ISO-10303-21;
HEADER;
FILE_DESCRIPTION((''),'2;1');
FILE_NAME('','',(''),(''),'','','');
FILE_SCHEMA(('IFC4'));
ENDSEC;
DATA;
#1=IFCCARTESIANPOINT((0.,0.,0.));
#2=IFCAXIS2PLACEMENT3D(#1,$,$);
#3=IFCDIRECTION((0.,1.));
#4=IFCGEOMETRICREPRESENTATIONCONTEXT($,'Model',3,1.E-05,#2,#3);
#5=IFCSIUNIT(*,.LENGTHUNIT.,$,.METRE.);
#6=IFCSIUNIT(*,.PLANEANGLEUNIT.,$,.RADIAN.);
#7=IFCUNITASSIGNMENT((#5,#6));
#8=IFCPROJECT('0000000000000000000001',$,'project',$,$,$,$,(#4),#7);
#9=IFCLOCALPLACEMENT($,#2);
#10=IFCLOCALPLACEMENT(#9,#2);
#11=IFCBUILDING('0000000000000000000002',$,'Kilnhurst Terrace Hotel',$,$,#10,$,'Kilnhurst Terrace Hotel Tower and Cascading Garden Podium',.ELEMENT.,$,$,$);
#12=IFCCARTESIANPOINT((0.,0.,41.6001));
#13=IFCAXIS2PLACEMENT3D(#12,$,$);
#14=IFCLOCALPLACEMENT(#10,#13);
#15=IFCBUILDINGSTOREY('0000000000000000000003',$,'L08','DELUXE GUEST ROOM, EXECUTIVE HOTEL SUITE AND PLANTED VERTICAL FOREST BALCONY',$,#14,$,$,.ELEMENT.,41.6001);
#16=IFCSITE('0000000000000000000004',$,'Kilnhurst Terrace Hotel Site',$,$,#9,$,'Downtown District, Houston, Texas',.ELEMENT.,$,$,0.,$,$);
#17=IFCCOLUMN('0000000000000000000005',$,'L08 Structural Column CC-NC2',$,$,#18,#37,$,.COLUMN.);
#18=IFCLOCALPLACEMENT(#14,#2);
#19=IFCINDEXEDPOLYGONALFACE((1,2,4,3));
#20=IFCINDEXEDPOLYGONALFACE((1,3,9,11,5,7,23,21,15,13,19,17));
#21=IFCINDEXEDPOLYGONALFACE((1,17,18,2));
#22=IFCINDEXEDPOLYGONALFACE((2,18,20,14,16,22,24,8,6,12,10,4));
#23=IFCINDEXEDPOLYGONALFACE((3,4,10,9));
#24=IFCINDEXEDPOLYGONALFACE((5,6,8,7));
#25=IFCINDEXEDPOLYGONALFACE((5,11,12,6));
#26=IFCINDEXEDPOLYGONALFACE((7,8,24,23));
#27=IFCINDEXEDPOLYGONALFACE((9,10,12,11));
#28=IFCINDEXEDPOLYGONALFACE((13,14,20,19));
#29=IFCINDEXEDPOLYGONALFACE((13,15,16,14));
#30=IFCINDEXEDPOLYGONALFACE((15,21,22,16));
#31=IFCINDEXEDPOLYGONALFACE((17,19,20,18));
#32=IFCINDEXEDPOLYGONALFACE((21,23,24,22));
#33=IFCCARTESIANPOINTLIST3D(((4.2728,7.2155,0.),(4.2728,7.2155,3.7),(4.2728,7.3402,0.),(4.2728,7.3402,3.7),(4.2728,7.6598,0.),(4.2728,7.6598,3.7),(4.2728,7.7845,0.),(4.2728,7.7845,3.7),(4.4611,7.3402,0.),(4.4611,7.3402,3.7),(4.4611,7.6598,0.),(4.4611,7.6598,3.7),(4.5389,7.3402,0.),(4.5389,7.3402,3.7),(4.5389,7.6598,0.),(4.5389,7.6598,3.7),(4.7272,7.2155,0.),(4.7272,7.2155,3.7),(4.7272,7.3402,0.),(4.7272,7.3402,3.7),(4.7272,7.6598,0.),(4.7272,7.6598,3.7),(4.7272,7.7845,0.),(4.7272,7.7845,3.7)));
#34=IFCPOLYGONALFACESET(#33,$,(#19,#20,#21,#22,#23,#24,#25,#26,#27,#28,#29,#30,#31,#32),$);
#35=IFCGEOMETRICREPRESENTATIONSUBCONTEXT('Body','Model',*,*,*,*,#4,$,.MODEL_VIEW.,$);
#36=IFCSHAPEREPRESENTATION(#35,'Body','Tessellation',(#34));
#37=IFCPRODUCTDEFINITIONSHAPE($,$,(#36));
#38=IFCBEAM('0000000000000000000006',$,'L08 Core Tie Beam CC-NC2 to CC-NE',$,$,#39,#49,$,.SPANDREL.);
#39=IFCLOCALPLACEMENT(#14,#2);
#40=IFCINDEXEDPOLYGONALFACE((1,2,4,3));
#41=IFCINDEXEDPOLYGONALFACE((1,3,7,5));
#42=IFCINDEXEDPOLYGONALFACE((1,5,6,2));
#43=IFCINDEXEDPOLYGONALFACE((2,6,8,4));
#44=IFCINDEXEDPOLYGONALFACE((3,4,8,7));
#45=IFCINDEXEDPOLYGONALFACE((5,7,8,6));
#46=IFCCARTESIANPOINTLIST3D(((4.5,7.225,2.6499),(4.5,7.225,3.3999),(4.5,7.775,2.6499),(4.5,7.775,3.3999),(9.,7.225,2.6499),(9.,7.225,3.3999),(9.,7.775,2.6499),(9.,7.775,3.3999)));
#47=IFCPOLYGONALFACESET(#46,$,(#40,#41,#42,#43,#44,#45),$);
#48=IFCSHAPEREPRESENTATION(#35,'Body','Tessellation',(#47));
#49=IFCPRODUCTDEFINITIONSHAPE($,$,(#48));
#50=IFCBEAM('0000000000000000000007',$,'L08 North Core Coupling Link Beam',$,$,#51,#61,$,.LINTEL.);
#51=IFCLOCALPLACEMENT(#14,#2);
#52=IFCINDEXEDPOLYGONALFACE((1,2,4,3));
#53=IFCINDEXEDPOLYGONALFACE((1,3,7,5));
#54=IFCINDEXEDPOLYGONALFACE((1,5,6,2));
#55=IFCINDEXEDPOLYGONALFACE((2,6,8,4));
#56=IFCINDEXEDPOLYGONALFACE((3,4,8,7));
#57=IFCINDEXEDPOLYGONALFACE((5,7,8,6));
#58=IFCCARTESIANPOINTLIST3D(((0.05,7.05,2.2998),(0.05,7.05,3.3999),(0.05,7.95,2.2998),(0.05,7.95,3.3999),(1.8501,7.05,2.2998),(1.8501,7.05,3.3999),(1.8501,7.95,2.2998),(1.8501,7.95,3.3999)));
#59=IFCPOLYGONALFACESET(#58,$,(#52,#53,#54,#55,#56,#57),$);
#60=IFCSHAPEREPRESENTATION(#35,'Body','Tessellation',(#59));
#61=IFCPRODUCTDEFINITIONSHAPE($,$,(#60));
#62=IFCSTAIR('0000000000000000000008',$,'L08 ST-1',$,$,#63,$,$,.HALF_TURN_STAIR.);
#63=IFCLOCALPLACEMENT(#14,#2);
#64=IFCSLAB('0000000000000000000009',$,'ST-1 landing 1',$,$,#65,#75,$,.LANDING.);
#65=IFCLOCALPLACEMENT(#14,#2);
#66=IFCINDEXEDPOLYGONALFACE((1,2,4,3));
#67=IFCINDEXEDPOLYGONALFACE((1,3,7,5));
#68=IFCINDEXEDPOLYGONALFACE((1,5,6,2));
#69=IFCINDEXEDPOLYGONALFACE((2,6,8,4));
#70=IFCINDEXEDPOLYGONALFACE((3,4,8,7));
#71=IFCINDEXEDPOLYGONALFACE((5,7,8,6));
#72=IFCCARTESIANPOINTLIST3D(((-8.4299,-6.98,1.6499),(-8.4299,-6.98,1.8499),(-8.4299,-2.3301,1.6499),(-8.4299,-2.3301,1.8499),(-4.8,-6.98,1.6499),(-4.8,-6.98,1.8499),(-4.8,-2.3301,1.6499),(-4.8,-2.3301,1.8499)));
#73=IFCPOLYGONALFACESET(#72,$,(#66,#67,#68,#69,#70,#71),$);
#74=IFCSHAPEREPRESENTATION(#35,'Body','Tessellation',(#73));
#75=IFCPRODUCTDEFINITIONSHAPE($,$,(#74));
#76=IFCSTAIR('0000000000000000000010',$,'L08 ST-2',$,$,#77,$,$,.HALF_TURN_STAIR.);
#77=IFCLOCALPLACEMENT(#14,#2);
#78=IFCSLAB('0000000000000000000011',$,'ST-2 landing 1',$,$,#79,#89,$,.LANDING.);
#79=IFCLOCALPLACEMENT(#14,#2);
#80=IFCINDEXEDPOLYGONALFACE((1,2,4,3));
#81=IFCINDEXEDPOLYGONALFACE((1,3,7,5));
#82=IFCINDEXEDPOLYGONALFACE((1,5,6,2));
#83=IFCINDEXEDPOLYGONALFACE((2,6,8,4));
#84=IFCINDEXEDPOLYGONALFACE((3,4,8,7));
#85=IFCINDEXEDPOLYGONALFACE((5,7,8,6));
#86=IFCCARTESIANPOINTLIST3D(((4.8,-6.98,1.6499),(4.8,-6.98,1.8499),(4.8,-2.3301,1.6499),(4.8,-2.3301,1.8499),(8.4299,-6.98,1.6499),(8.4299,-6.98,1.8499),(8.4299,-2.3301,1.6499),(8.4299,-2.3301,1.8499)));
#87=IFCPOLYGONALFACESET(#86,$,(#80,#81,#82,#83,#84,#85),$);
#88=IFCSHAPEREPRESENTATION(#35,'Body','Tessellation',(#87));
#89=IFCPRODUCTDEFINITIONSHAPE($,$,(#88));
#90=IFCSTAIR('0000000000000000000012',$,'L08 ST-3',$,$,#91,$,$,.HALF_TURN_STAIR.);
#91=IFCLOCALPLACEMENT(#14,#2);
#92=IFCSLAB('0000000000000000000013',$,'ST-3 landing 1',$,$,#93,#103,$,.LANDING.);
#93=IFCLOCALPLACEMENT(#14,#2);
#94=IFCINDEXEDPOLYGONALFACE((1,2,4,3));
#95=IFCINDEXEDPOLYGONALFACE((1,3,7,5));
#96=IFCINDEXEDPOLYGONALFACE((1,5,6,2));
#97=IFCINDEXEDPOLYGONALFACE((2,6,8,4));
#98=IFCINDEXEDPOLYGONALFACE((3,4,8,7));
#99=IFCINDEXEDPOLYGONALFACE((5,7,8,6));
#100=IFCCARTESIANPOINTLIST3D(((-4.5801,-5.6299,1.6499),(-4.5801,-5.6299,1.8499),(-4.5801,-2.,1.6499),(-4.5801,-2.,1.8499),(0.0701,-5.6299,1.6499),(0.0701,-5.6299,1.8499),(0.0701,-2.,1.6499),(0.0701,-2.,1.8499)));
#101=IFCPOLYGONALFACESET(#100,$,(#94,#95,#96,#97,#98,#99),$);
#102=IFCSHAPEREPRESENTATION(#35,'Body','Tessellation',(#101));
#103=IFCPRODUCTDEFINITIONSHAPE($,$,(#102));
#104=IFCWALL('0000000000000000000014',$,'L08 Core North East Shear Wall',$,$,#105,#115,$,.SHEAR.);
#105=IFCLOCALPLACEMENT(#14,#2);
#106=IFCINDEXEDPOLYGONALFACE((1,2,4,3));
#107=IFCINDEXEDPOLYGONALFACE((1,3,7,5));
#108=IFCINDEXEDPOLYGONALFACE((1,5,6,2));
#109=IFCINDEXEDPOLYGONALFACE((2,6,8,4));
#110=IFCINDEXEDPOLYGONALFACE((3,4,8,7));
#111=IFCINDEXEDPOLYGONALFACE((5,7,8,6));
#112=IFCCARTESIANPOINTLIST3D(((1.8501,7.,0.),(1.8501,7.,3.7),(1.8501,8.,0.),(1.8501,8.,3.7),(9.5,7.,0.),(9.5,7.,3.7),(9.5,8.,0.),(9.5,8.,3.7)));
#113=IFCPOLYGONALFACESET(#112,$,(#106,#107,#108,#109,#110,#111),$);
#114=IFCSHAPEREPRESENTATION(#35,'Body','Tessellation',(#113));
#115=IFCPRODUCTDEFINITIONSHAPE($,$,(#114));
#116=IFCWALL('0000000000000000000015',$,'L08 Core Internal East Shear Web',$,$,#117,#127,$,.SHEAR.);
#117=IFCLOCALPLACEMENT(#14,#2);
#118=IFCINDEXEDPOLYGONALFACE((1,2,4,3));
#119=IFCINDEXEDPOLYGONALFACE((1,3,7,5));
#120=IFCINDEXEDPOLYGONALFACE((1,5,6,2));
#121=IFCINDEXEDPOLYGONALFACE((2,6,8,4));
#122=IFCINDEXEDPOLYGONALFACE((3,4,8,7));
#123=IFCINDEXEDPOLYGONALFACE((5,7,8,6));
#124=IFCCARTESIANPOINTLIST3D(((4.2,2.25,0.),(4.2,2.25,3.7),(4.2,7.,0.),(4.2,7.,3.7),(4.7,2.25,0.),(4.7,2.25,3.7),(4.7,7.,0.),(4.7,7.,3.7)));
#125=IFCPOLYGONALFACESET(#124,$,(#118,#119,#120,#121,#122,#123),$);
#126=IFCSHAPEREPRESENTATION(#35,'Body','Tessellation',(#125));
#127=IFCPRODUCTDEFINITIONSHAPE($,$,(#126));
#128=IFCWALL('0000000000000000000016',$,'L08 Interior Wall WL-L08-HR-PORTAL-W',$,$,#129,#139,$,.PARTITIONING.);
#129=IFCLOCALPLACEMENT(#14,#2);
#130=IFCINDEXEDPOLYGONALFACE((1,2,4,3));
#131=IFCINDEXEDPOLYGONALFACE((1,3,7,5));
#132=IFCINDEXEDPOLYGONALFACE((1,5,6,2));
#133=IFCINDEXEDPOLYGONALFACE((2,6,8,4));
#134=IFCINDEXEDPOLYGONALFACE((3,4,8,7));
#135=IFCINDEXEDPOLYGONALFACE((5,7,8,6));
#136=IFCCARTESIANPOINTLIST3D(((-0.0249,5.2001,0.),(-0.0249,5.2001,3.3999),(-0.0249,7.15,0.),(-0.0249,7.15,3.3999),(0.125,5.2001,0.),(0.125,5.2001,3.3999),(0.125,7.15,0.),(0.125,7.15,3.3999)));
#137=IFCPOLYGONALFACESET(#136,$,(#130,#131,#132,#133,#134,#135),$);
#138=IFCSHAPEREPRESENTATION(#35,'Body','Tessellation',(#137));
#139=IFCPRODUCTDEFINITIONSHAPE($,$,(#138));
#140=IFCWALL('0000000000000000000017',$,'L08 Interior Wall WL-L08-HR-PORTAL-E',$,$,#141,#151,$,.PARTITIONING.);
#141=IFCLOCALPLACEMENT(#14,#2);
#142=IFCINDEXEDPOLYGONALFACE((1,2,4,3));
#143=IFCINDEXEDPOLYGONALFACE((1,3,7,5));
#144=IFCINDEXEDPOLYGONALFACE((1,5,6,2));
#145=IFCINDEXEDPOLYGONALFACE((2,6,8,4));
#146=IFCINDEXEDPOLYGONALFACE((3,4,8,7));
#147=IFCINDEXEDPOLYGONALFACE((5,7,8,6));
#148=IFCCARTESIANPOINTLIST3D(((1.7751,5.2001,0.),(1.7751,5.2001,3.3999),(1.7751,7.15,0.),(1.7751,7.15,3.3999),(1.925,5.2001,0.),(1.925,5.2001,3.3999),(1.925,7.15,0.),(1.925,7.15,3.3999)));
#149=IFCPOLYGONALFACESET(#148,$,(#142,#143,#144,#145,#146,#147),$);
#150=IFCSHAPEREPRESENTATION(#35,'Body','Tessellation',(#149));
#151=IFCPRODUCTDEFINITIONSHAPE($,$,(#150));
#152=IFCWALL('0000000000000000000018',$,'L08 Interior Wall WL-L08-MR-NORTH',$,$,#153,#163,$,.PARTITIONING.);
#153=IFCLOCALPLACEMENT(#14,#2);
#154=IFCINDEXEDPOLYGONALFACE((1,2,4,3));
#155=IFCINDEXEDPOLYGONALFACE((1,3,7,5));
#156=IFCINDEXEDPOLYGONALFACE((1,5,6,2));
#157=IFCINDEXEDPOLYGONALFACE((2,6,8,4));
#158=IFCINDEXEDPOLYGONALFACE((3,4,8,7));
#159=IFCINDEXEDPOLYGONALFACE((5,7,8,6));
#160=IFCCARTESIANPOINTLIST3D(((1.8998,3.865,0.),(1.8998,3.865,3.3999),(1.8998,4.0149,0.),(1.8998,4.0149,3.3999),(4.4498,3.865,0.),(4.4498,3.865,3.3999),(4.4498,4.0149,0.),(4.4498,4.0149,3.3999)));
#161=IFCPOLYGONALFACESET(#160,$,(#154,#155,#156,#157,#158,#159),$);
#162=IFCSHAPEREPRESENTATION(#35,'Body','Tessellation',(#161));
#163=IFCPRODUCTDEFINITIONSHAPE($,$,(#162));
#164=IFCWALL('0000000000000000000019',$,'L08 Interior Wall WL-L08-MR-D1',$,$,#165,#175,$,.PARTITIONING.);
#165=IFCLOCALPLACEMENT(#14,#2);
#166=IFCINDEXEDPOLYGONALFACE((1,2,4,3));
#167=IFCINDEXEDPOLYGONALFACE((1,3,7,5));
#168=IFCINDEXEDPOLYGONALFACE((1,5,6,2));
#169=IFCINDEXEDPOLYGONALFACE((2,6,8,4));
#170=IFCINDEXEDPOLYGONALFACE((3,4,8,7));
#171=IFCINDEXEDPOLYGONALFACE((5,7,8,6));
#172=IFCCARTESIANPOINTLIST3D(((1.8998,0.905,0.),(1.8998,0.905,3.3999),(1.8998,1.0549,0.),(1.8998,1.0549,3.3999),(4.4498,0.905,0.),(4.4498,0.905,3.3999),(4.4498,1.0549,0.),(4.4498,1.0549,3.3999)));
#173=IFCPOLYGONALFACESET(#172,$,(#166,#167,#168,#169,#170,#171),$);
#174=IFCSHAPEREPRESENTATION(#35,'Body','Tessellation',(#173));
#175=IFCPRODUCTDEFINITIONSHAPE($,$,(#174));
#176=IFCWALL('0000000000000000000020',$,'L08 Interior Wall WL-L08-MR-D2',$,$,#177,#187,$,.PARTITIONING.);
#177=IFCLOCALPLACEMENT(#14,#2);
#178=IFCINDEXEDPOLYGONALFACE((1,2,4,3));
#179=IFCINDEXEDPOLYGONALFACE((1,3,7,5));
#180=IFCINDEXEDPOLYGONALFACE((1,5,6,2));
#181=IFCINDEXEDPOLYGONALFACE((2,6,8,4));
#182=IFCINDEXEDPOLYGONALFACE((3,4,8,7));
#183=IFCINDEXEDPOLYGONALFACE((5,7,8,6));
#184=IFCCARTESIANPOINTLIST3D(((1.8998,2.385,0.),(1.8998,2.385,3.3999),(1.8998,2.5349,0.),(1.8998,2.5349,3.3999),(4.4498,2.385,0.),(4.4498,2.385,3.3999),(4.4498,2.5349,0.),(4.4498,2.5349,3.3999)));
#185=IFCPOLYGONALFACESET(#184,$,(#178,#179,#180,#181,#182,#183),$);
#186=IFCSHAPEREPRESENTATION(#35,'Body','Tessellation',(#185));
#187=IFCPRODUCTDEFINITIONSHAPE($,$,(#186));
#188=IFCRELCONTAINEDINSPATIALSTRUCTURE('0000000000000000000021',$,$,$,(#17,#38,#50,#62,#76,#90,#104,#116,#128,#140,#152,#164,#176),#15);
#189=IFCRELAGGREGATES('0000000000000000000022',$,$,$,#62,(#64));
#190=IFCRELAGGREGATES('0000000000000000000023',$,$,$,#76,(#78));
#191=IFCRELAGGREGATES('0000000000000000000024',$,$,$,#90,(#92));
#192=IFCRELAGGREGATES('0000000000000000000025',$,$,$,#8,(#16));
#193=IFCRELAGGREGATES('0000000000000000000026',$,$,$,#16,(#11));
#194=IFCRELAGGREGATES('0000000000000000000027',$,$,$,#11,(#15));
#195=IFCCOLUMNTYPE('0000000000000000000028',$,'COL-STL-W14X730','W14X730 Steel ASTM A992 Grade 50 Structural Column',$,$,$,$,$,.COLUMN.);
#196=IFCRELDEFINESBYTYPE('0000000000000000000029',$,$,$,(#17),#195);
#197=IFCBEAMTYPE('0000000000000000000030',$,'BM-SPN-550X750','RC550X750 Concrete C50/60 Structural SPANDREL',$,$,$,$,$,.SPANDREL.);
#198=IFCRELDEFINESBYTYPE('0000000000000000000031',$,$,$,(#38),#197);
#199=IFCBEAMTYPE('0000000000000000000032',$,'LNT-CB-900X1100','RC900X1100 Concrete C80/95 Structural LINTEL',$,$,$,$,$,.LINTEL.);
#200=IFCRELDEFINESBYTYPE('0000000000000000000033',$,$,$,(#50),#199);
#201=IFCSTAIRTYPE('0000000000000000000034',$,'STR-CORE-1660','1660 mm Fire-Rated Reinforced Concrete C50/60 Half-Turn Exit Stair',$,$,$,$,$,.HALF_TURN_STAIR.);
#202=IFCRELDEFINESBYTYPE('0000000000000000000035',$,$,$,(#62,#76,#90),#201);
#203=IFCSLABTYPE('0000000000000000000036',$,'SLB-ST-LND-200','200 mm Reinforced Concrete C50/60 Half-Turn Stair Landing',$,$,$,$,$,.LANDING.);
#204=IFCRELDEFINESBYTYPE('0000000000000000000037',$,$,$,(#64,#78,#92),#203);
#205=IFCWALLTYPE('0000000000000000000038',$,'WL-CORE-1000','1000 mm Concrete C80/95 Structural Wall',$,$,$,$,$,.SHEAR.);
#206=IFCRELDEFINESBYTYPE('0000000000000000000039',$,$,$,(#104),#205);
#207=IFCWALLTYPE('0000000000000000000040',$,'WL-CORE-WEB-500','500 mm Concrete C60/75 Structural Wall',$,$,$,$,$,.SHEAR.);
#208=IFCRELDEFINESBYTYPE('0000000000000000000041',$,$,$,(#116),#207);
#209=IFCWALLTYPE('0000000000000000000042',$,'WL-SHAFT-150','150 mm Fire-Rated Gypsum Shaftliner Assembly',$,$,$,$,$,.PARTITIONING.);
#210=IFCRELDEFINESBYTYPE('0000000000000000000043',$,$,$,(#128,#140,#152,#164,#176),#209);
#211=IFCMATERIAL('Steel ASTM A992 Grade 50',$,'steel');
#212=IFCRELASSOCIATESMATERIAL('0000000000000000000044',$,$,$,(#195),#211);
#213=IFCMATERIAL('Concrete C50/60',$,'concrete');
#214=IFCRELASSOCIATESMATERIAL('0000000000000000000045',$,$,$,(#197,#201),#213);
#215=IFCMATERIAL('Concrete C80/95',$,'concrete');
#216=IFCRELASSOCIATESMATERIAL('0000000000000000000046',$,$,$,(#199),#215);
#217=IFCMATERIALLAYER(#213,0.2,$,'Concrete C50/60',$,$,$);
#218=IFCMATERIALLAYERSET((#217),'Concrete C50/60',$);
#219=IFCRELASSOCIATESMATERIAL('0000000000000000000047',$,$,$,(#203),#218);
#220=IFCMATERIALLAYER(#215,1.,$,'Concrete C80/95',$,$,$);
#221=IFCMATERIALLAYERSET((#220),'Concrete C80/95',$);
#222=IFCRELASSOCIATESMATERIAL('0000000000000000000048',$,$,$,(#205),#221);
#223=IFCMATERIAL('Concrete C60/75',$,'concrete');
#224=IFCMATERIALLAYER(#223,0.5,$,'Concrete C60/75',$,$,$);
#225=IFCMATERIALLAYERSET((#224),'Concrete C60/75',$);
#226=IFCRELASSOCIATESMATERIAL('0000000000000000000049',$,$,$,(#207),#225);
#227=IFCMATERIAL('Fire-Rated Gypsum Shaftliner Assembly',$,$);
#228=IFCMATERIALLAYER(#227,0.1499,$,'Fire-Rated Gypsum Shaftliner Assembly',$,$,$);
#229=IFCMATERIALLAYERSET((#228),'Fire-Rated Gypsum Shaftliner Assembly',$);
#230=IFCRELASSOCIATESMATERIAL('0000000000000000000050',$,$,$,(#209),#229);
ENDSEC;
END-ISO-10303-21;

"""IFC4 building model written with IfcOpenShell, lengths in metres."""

from ifc_helpers import new_model, si_unit, direction, frame, frame_2d, origin, origin_2d, place, context, subcontext, project, spatial, polyline, rectangle, i_section, outline, extrude, material, layer, layer_set, material_profile, profile_set, type_object, element, aggregate, save


model = new_model("IFC4")

# Units and contexts
model_context = context("Model", 3, precision=1e-05, world=origin(), true_north=direction((0.0, 1.0)))
body_context = subcontext(model_context, "Body", "Model", "MODEL_VIEW")
ifc_project = project(units=[si_unit("LENGTHUNIT", "METRE"), si_unit("PLANEANGLEUNIT", "RADIAN")], contexts=[model_context])

# Site, building, storey
site_placement = place(None, origin())
site = spatial("IfcSite", under=ifc_project, at=site_placement, Name="Kilnhurst Terrace Hotel Site", LongName="Downtown District, Houston, Texas", CompositionType="ELEMENT", RefElevation=0.0)
building_placement = place(site_placement, origin())
building = spatial("IfcBuilding", under=site, at=building_placement, Name="Kilnhurst Terrace Hotel", LongName="Kilnhurst Terrace Hotel Tower and Cascading Garden Podium", CompositionType="ELEMENT")
storey_placement = place(building_placement, frame((0.0, 0.0, 41.6001)))
storey = spatial("IfcBuildingStorey", under=building, at=storey_placement, Name="L08", Description="DELUXE GUEST ROOM, EXECUTIVE HOTEL SUITE AND PLANTED VERTICAL FOREST BALCONY", CompositionType="ELEMENT", Elevation=41.6001)

# Column
ifc_material_1 = material(Name="Steel ASTM A992 Grade 50", Category="steel")
ifc_material_profile_1 = material_profile(ifc_material_1, i_section(OverallWidth=0.4543, OverallDepth=0.5691, WebThickness=0.0779, FlangeThickness=0.1248, at=origin_2d()), Name="W14X730")
ifc_profile_set_1 = profile_set([ifc_material_profile_1], Name="Steel ASTM A992 Grade 50")
column_type = type_object("IfcColumnType", Name="COL-STL-W14X730", Description="W14X730 Steel ASTM A992 Grade 50 Structural Column", PredefinedType="COLUMN", material=ifc_profile_set_1)
column_placement = place(storey_placement, frame((4.5, 7.5, 0.0), z_axis=(0.0, 0.0, 1.0), x_axis=(1.0, 0.0, 0.0)))
element("IfcColumn", 1, at=column_placement, inside=storey, type_object=column_type, Name="L08 Structural Column CC-NC2", PredefinedType="COLUMN", context=body_context, shape_type="SweptSolid", body=[
    extrude(i_section(OverallWidth=0.4543, OverallDepth=0.5691, WebThickness=0.0779, FlangeThickness=0.1248, at=origin_2d()), origin(), (0.0, 0.0, 1.0), 3.7),
])

# Beams
ifc_material_2 = material(Name="Concrete C50/60", Category="concrete")
ifc_material_profile_2 = material_profile(ifc_material_2, rectangle(XDim=0.55, YDim=0.75, at=origin_2d()), Name="RC550X750")
ifc_profile_set_2 = profile_set([ifc_material_profile_2], Name="Concrete C50/60")
beam_type_1 = type_object("IfcBeamType", Name="BM-SPN-550X750", Description="RC550X750 Concrete C50/60 Structural SPANDREL", PredefinedType="SPANDREL", material=ifc_profile_set_2)
beam_1_placement = place(storey_placement, frame((4.5, 7.5, 3.0249), z_axis=(1.0, 0.0, 0.0), x_axis=(0.0, 1.0, 0.0)))
element("IfcBeam", 2, at=beam_1_placement, inside=storey, type_object=beam_type_1, Name="L08 Core Tie Beam CC-NC2 to CC-NE", PredefinedType="SPANDREL", context=body_context, shape_type="SweptSolid", body=[
    extrude(rectangle(XDim=0.55, YDim=0.75, at=origin_2d()), origin(), (0.0, 0.0, 1.0), 4.5),
])
ifc_material_3 = material(Name="Concrete C80/95", Category="concrete")
ifc_material_profile_3 = material_profile(ifc_material_3, rectangle(XDim=0.8999, YDim=1.1001, at=origin_2d()), Name="RC900X1100")
ifc_profile_set_3 = profile_set([ifc_material_profile_3], Name="Concrete C80/95")
beam_type_2 = type_object("IfcBeamType", Name="LNT-CB-900X1100", Description="RC900X1100 Concrete C80/95 Structural LINTEL", PredefinedType="LINTEL", material=ifc_profile_set_3)
beam_2_placement = place(storey_placement, frame((0.05, 7.5, 2.8499), z_axis=(1.0, 0.0, 0.0), x_axis=(0.0, 1.0, 0.0)))
element("IfcBeam", 3, at=beam_2_placement, inside=storey, type_object=beam_type_2, Name="L08 North Core Coupling Link Beam", PredefinedType="LINTEL", context=body_context, shape_type="SweptSolid", body=[
    extrude(rectangle(XDim=0.8999, YDim=1.1001, at=origin_2d()), origin(), (0.0, 0.0, 1.0), 1.8),
])

# Stairs, slabs
stair_type = type_object("IfcStairType", Name="STR-CORE-1660", Description="1660 mm Fire-Rated Reinforced Concrete C50/60 Half-Turn Exit Stair", PredefinedType="HALF_TURN_STAIR", material=ifc_material_2)
stair_1_placement = place(storey_placement, origin())
stair_1 = element("IfcStair", 4, at=stair_1_placement, inside=storey, type_object=stair_type, Name="L08 ST-1", PredefinedType="HALF_TURN_STAIR")
ifc_layer_1 = layer(ifc_material_2, 0.2, Name="Concrete C50/60")
ifc_layer_set_1 = layer_set([ifc_layer_1], Name="Concrete C50/60")
slab_type = type_object("IfcSlabType", Name="SLB-ST-LND-200", Description="200 mm Reinforced Concrete C50/60 Half-Turn Stair Landing", PredefinedType="LANDING", material=ifc_layer_set_1)
slab_1_placement = place(storey_placement, frame((0.0, 0.0, 1.6499)))
slab_1 = element("IfcSlab", 5, at=slab_1_placement, type_object=slab_type, Name="ST-1 landing 1", PredefinedType="LANDING", context=body_context, shape_type="SweptSolid", body=[
    extrude(outline(polyline([(-8.4299, -2.3301), (-4.8, -2.3301), (-4.8, -6.98), (-8.4299, -6.98), (-8.4299, -2.3301)])), origin(), (0.0, 0.0, 1.0), 0.2),
])
aggregate(stair_1, [slab_1])
stair_2_placement = place(storey_placement, origin())
stair_2 = element("IfcStair", 6, at=stair_2_placement, inside=storey, type_object=stair_type, Name="L08 ST-2", PredefinedType="HALF_TURN_STAIR")
slab_2_placement = place(storey_placement, frame((0.0, 0.0, 1.6499)))
slab_2 = element("IfcSlab", 7, at=slab_2_placement, type_object=slab_type, Name="ST-2 landing 1", PredefinedType="LANDING", context=body_context, shape_type="SweptSolid", body=[
    extrude(outline(polyline([(4.8, -2.3301), (8.4299, -2.3301), (8.4299, -6.98), (4.8, -6.98), (4.8, -2.3301)])), origin(), (0.0, 0.0, 1.0), 0.2),
])
aggregate(stair_2, [slab_2])
stair_3_placement = place(storey_placement, origin())
stair_3 = element("IfcStair", 8, at=stair_3_placement, inside=storey, type_object=stair_type, Name="L08 ST-3", PredefinedType="HALF_TURN_STAIR")
slab_3_placement = place(storey_placement, frame((0.0, 0.0, 1.6499)))
slab_3 = element("IfcSlab", 9, at=slab_3_placement, type_object=slab_type, Name="ST-3 landing 1", PredefinedType="LANDING", context=body_context, shape_type="SweptSolid", body=[
    extrude(outline(polyline([(0.0701, -2.0), (0.0701, -5.6299), (-4.5801, -5.6299), (-4.5801, -2.0), (0.0701, -2.0)])), origin(), (0.0, 0.0, 1.0), 0.2),
])
aggregate(stair_3, [slab_3])

# Walls
ifc_layer_2 = layer(ifc_material_3, 1.0, Name="Concrete C80/95")
ifc_layer_set_2 = layer_set([ifc_layer_2], Name="Concrete C80/95")
wall_type_1 = type_object("IfcWallType", Name="WL-CORE-1000", Description="1000 mm Concrete C80/95 Structural Wall", PredefinedType="SHEAR", material=ifc_layer_set_2)
wall_1_placement = place(storey_placement, frame((1.8501, 7.5, 0.0), z_axis=(0.0, 0.0, 1.0), x_axis=(1.0, 0.0, 0.0)))
element("IfcWall", 10, at=wall_1_placement, inside=storey, type_object=wall_type_1, Name="L08 Core North East Shear Wall", PredefinedType="SHEAR", context=body_context, shape_type="SweptSolid", body=[
    extrude(rectangle(XDim=7.6499, YDim=1.0, at=frame_2d((3.825, 0.0))), origin(), (0.0, 0.0, 1.0), 3.7),
])
ifc_material_4 = material(Name="Concrete C60/75", Category="concrete")
ifc_layer_3 = layer(ifc_material_4, 0.5, Name="Concrete C60/75")
ifc_layer_set_3 = layer_set([ifc_layer_3], Name="Concrete C60/75")
wall_type_2 = type_object("IfcWallType", Name="WL-CORE-WEB-500", Description="500 mm Concrete C60/75 Structural Wall", PredefinedType="SHEAR", material=ifc_layer_set_3)
wall_2_placement = place(storey_placement, frame((4.45, 2.25, 0.0), z_axis=(0.0, 0.0, 1.0), x_axis=(0.0, 1.0, 0.0)))
element("IfcWall", 11, at=wall_2_placement, inside=storey, type_object=wall_type_2, Name="L08 Core Internal East Shear Web", PredefinedType="SHEAR", context=body_context, shape_type="SweptSolid", body=[
    extrude(rectangle(XDim=4.75, YDim=0.5, at=frame_2d((2.375, 0.0))), origin(), (0.0, 0.0, 1.0), 3.7),
])
ifc_material_5 = material(Name="Fire-Rated Gypsum Shaftliner Assembly")
ifc_layer_4 = layer(ifc_material_5, 0.1499, Name="Fire-Rated Gypsum Shaftliner Assembly")
ifc_layer_set_4 = layer_set([ifc_layer_4], Name="Fire-Rated Gypsum Shaftliner Assembly")
wall_type_3 = type_object("IfcWallType", Name="WL-SHAFT-150", Description="150 mm Fire-Rated Gypsum Shaftliner Assembly", PredefinedType="PARTITIONING", material=ifc_layer_set_4)
for number, where, z_axis, x_axis, name in (
    (12, (0.05, 5.2, 0.0), (0.0, 0.0, 1.0), (0.0, 1.0, 0.0), "L08 Interior Wall WL-L08-HR-PORTAL-W"),
    (13, (1.8501, 5.2, 0.0), (0.0, 0.0, 1.0), (0.0, 1.0, 0.0), "L08 Interior Wall WL-L08-HR-PORTAL-E"),
):
    element("IfcWall", number, at=place(storey_placement, frame(where, z_axis=z_axis, x_axis=x_axis)), inside=storey, type_object=wall_type_3, Name=name, PredefinedType="PARTITIONING", context=body_context, shape_type="SweptSolid", body=[
        extrude(rectangle(XDim=1.95, YDim=0.1499, at=frame_2d((0.9751, 0.0))), origin(), (0.0, 0.0, 1.0), 3.3999),
    ])
for number, where, z_axis, x_axis, name in (
    (14, (1.8999, 3.9399, 0.0), (0.0, 0.0, 1.0), (1.0, 0.0, 0.0), "L08 Interior Wall WL-L08-MR-NORTH"),
    (15, (1.8999, 0.98, 0.0), (0.0, 0.0, 1.0), (1.0, 0.0, 0.0), "L08 Interior Wall WL-L08-MR-D1"),
    (16, (1.8999, 2.46, 0.0), (0.0, 0.0, 1.0), (1.0, 0.0, 0.0), "L08 Interior Wall WL-L08-MR-D2"),
):
    element("IfcWall", number, at=place(storey_placement, frame(where, z_axis=z_axis, x_axis=x_axis)), inside=storey, type_object=wall_type_3, Name=name, PredefinedType="PARTITIONING", context=body_context, shape_type="SweptSolid", body=[
        extrude(rectangle(XDim=2.55, YDim=0.1499, at=frame_2d((1.2749, 0.0))), origin(), (0.0, 0.0, 1.0), 3.3999),
    ])

save(model, "model.ifc")
